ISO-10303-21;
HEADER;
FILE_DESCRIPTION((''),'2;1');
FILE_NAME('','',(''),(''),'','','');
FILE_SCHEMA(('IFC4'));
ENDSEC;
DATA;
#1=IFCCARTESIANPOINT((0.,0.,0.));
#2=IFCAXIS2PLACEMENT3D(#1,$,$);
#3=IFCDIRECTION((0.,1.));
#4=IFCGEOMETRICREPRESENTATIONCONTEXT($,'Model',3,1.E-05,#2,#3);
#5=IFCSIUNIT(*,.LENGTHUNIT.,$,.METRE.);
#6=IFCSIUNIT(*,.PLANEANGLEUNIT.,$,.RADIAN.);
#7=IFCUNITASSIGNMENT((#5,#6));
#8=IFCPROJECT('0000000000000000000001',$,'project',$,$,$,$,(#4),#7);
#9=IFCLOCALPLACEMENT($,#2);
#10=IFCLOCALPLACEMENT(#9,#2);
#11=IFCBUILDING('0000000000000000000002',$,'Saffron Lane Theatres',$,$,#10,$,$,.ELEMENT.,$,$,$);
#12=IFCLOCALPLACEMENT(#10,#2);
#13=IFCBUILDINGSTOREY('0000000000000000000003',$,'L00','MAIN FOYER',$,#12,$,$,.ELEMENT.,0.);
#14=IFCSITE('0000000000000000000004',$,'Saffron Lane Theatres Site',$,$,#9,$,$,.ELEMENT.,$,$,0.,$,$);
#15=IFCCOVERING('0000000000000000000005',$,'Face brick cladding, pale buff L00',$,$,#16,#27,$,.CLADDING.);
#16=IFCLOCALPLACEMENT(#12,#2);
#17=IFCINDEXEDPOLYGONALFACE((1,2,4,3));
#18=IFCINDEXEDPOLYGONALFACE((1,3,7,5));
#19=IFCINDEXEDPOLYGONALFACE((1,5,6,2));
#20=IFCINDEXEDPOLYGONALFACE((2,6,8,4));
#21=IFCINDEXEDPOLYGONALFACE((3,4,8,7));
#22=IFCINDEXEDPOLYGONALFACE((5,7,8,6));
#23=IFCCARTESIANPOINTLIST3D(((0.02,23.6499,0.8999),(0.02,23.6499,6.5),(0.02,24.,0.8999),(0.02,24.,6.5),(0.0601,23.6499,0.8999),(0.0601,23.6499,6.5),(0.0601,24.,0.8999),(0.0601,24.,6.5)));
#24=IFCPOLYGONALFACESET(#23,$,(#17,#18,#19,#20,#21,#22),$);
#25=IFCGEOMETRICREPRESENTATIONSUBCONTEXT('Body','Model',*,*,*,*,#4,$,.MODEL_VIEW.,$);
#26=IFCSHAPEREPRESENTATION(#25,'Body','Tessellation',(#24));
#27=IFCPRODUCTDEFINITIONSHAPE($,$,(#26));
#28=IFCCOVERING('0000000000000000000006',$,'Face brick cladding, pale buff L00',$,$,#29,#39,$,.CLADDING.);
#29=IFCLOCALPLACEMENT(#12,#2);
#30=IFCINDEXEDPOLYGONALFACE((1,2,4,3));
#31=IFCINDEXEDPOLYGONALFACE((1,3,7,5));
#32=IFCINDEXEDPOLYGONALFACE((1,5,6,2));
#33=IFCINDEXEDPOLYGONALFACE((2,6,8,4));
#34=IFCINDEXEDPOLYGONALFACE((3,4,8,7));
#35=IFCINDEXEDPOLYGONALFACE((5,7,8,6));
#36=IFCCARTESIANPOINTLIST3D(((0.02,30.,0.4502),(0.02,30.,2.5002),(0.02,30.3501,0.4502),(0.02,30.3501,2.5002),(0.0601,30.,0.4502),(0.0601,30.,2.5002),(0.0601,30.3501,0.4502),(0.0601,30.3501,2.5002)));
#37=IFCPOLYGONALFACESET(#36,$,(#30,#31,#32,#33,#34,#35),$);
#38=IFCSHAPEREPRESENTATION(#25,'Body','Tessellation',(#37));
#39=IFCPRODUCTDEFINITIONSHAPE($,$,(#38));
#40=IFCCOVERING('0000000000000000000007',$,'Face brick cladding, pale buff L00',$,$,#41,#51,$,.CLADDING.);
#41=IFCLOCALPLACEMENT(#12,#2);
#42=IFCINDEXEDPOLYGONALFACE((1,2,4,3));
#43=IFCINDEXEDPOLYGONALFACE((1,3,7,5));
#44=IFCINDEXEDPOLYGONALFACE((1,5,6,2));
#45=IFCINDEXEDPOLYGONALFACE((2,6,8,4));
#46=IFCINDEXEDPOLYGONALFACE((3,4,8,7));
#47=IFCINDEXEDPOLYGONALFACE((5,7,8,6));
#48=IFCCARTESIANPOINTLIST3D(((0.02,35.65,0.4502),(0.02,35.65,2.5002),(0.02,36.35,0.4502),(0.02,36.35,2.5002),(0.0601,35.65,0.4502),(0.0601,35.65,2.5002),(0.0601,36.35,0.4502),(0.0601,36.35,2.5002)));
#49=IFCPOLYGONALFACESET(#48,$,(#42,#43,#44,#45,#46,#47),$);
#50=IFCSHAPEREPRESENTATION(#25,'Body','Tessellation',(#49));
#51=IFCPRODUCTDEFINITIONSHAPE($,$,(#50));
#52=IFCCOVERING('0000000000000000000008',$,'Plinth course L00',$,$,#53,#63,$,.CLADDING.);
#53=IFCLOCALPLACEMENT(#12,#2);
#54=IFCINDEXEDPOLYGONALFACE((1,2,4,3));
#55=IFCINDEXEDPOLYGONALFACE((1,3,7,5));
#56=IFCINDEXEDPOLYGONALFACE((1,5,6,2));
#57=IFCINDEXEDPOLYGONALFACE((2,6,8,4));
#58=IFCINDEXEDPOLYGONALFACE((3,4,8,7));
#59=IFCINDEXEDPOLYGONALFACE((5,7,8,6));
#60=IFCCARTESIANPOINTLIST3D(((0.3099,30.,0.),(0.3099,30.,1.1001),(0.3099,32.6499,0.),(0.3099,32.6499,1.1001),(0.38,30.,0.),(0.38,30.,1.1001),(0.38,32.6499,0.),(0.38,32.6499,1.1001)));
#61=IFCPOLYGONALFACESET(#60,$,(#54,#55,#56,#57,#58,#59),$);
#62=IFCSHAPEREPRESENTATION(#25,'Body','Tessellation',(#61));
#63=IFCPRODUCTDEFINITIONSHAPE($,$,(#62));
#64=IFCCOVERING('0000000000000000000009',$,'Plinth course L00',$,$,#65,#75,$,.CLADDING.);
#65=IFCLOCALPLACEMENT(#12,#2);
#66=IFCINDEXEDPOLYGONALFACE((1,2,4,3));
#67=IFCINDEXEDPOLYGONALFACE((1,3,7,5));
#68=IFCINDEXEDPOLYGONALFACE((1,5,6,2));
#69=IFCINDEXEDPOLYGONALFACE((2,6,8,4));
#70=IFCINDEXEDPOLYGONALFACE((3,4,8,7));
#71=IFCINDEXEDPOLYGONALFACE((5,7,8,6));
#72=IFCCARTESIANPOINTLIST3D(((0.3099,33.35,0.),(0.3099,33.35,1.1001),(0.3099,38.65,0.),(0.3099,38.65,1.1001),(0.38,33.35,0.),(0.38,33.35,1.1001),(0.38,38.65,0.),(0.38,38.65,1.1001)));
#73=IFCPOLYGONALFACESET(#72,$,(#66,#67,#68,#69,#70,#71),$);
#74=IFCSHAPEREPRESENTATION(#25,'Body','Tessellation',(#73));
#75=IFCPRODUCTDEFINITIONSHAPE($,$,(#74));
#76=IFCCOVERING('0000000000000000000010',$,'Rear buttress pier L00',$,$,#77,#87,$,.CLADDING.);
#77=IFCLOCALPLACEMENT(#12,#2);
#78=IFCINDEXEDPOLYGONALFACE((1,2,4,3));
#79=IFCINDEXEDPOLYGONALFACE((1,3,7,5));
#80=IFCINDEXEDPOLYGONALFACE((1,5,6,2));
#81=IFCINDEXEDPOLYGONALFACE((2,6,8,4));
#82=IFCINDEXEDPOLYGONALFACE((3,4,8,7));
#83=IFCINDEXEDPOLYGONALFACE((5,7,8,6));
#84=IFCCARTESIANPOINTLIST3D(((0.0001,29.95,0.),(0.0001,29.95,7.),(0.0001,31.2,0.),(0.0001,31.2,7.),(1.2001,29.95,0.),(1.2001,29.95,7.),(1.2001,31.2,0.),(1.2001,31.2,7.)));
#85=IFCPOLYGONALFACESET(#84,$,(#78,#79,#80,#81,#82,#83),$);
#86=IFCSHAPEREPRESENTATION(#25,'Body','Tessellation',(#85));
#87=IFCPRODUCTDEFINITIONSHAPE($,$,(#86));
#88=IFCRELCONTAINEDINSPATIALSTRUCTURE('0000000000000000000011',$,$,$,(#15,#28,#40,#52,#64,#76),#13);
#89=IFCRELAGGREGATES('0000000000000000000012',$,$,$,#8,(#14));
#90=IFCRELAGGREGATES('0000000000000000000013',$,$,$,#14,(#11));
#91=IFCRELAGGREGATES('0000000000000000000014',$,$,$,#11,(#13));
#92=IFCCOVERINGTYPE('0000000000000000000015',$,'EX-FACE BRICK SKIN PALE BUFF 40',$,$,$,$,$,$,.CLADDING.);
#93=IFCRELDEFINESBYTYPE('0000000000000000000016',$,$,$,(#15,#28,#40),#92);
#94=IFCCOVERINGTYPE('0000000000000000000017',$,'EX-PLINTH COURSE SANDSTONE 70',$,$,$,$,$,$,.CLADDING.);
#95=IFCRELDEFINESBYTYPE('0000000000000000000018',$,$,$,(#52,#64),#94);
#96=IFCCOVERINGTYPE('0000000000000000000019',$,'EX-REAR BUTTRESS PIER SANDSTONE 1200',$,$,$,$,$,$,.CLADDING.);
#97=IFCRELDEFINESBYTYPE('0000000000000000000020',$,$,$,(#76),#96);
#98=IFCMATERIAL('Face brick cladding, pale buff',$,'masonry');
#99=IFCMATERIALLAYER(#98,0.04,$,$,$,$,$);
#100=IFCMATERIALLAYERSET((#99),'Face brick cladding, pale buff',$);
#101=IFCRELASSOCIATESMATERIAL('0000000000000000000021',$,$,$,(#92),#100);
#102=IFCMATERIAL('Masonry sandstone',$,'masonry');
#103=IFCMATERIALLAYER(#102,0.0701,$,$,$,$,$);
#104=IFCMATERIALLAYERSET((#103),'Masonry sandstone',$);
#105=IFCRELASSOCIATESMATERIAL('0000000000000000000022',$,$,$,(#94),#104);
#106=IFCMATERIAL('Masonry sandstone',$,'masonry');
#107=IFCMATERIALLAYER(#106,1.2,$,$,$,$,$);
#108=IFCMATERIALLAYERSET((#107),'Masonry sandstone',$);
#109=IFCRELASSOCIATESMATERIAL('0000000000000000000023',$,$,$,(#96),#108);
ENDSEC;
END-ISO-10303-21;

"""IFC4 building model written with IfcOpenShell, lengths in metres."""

from ifc_helpers import new_model, si_unit, direction, frame, origin, origin_2d, place, context, subcontext, project, spatial, rectangle, extrude, material, layer, layer_set, type_object, element, save


model = new_model("IFC4")

# Units and contexts
model_context = context("Model", 3, precision=1e-05, world=origin(), true_north=direction((0.0, 1.0)))
body_context = subcontext(model_context, "Body", "Model", "MODEL_VIEW")
ifc_project = project(units=[si_unit("LENGTHUNIT", "METRE"), si_unit("PLANEANGLEUNIT", "RADIAN")], contexts=[model_context])

# Site, building, storey
site_placement = place(None, origin())
site = spatial("IfcSite", under=ifc_project, at=site_placement, Name="Saffron Lane Theatres Site", CompositionType="ELEMENT", RefElevation=0.0)
building_placement = place(site_placement, origin())
building = spatial("IfcBuilding", under=site, at=building_placement, Name="Saffron Lane Theatres", CompositionType="ELEMENT")
storey_placement = place(building_placement, origin())
storey = spatial("IfcBuildingStorey", under=building, at=storey_placement, Name="L00", Description="MAIN FOYER", CompositionType="ELEMENT", Elevation=0.0)

# Coverings
ifc_material_1 = material(Name="Face brick cladding, pale buff", Category="masonry")
ifc_layer_1 = layer(ifc_material_1, 0.04)
ifc_layer_set_1 = layer_set([ifc_layer_1], Name="Face brick cladding, pale buff")
covering_type_1 = type_object("IfcCoveringType", Name="EX-FACE BRICK SKIN PALE BUFF 40", PredefinedType="CLADDING", material=ifc_layer_set_1)
covering_1_placement = place(storey_placement, frame((0.04, 23.825, 0.8999), z_axis=(0.0, 0.0, 1.0), x_axis=(0.0, 1.0, 0.0)))
element("IfcCovering", 1, at=covering_1_placement, inside=storey, type_object=covering_type_1, Name="Face brick cladding, pale buff L00", PredefinedType="CLADDING", context=body_context, shape_type="SweptSolid", body=[
    extrude(rectangle(XDim=0.3501, YDim=0.04, at=origin_2d()), origin(), (0.0, 0.0, 1.0), 5.6001),
])
covering_2_placement = place(storey_placement, frame((0.04, 30.175, 0.4502), z_axis=(0.0, 0.0, 1.0), x_axis=(0.0, 1.0, 0.0)))
element("IfcCovering", 2, at=covering_2_placement, inside=storey, type_object=covering_type_1, Name="Face brick cladding, pale buff L00", PredefinedType="CLADDING", context=body_context, shape_type="SweptSolid", body=[
    extrude(rectangle(XDim=0.3501, YDim=0.04, at=origin_2d()), origin(), (0.0, 0.0, 1.0), 2.05),
])
covering_3_placement = place(storey_placement, frame((0.04, 36.0, 0.4502), z_axis=(0.0, 0.0, 1.0), x_axis=(0.0, 1.0, 0.0)))
element("IfcCovering", 3, at=covering_3_placement, inside=storey, type_object=covering_type_1, Name="Face brick cladding, pale buff L00", PredefinedType="CLADDING", context=body_context, shape_type="SweptSolid", body=[
    extrude(rectangle(XDim=0.7, YDim=0.04, at=origin_2d()), origin(), (0.0, 0.0, 1.0), 2.05),
])
ifc_material_2 = material(Name="Masonry sandstone", Category="masonry")
ifc_layer_2 = layer(ifc_material_2, 0.0701)
ifc_layer_set_2 = layer_set([ifc_layer_2], Name="Masonry sandstone")
covering_type_2 = type_object("IfcCoveringType", Name="EX-PLINTH COURSE SANDSTONE 70", PredefinedType="CLADDING", material=ifc_layer_set_2)
covering_4_placement = place(storey_placement, frame((0.345, 31.325, 0.0), z_axis=(0.0, 0.0, 1.0), x_axis=(0.0, 1.0, 0.0)))
element("IfcCovering", 4, at=covering_4_placement, inside=storey, type_object=covering_type_2, Name="Plinth course L00", PredefinedType="CLADDING", context=body_context, shape_type="SweptSolid", body=[
    extrude(rectangle(XDim=2.6499, YDim=0.0701, at=origin_2d()), origin(), (0.0, 0.0, 1.0), 1.1001),
])
covering_5_placement = place(storey_placement, frame((0.345, 36.0, 0.0), z_axis=(0.0, 0.0, 1.0), x_axis=(0.0, 1.0, 0.0)))
element("IfcCovering", 5, at=covering_5_placement, inside=storey, type_object=covering_type_2, Name="Plinth course L00", PredefinedType="CLADDING", context=body_context, shape_type="SweptSolid", body=[
    extrude(rectangle(XDim=5.3, YDim=0.0701, at=origin_2d()), origin(), (0.0, 0.0, 1.0), 1.1001),
])
ifc_material_3 = material(Name="Masonry sandstone", Category="masonry")
ifc_layer_3 = layer(ifc_material_3, 1.2)
ifc_layer_set_3 = layer_set([ifc_layer_3], Name="Masonry sandstone")
covering_type_3 = type_object("IfcCoveringType", Name="EX-REAR BUTTRESS PIER SANDSTONE 1200", PredefinedType="CLADDING", material=ifc_layer_set_3)
covering_6_placement = place(storey_placement, frame((0.6001, 30.575, 0.0), z_axis=(0.0, 0.0, 1.0), x_axis=(1.0, 0.0, 0.0)))
element("IfcCovering", 6, at=covering_6_placement, inside=storey, type_object=covering_type_3, Name="Rear buttress pier L00", PredefinedType="CLADDING", context=body_context, shape_type="SweptSolid", body=[
    extrude(rectangle(XDim=1.2, YDim=1.25, at=origin_2d()), origin(), (0.0, 0.0, 1.0), 7.0),
])

save(model, "model.ifc")
